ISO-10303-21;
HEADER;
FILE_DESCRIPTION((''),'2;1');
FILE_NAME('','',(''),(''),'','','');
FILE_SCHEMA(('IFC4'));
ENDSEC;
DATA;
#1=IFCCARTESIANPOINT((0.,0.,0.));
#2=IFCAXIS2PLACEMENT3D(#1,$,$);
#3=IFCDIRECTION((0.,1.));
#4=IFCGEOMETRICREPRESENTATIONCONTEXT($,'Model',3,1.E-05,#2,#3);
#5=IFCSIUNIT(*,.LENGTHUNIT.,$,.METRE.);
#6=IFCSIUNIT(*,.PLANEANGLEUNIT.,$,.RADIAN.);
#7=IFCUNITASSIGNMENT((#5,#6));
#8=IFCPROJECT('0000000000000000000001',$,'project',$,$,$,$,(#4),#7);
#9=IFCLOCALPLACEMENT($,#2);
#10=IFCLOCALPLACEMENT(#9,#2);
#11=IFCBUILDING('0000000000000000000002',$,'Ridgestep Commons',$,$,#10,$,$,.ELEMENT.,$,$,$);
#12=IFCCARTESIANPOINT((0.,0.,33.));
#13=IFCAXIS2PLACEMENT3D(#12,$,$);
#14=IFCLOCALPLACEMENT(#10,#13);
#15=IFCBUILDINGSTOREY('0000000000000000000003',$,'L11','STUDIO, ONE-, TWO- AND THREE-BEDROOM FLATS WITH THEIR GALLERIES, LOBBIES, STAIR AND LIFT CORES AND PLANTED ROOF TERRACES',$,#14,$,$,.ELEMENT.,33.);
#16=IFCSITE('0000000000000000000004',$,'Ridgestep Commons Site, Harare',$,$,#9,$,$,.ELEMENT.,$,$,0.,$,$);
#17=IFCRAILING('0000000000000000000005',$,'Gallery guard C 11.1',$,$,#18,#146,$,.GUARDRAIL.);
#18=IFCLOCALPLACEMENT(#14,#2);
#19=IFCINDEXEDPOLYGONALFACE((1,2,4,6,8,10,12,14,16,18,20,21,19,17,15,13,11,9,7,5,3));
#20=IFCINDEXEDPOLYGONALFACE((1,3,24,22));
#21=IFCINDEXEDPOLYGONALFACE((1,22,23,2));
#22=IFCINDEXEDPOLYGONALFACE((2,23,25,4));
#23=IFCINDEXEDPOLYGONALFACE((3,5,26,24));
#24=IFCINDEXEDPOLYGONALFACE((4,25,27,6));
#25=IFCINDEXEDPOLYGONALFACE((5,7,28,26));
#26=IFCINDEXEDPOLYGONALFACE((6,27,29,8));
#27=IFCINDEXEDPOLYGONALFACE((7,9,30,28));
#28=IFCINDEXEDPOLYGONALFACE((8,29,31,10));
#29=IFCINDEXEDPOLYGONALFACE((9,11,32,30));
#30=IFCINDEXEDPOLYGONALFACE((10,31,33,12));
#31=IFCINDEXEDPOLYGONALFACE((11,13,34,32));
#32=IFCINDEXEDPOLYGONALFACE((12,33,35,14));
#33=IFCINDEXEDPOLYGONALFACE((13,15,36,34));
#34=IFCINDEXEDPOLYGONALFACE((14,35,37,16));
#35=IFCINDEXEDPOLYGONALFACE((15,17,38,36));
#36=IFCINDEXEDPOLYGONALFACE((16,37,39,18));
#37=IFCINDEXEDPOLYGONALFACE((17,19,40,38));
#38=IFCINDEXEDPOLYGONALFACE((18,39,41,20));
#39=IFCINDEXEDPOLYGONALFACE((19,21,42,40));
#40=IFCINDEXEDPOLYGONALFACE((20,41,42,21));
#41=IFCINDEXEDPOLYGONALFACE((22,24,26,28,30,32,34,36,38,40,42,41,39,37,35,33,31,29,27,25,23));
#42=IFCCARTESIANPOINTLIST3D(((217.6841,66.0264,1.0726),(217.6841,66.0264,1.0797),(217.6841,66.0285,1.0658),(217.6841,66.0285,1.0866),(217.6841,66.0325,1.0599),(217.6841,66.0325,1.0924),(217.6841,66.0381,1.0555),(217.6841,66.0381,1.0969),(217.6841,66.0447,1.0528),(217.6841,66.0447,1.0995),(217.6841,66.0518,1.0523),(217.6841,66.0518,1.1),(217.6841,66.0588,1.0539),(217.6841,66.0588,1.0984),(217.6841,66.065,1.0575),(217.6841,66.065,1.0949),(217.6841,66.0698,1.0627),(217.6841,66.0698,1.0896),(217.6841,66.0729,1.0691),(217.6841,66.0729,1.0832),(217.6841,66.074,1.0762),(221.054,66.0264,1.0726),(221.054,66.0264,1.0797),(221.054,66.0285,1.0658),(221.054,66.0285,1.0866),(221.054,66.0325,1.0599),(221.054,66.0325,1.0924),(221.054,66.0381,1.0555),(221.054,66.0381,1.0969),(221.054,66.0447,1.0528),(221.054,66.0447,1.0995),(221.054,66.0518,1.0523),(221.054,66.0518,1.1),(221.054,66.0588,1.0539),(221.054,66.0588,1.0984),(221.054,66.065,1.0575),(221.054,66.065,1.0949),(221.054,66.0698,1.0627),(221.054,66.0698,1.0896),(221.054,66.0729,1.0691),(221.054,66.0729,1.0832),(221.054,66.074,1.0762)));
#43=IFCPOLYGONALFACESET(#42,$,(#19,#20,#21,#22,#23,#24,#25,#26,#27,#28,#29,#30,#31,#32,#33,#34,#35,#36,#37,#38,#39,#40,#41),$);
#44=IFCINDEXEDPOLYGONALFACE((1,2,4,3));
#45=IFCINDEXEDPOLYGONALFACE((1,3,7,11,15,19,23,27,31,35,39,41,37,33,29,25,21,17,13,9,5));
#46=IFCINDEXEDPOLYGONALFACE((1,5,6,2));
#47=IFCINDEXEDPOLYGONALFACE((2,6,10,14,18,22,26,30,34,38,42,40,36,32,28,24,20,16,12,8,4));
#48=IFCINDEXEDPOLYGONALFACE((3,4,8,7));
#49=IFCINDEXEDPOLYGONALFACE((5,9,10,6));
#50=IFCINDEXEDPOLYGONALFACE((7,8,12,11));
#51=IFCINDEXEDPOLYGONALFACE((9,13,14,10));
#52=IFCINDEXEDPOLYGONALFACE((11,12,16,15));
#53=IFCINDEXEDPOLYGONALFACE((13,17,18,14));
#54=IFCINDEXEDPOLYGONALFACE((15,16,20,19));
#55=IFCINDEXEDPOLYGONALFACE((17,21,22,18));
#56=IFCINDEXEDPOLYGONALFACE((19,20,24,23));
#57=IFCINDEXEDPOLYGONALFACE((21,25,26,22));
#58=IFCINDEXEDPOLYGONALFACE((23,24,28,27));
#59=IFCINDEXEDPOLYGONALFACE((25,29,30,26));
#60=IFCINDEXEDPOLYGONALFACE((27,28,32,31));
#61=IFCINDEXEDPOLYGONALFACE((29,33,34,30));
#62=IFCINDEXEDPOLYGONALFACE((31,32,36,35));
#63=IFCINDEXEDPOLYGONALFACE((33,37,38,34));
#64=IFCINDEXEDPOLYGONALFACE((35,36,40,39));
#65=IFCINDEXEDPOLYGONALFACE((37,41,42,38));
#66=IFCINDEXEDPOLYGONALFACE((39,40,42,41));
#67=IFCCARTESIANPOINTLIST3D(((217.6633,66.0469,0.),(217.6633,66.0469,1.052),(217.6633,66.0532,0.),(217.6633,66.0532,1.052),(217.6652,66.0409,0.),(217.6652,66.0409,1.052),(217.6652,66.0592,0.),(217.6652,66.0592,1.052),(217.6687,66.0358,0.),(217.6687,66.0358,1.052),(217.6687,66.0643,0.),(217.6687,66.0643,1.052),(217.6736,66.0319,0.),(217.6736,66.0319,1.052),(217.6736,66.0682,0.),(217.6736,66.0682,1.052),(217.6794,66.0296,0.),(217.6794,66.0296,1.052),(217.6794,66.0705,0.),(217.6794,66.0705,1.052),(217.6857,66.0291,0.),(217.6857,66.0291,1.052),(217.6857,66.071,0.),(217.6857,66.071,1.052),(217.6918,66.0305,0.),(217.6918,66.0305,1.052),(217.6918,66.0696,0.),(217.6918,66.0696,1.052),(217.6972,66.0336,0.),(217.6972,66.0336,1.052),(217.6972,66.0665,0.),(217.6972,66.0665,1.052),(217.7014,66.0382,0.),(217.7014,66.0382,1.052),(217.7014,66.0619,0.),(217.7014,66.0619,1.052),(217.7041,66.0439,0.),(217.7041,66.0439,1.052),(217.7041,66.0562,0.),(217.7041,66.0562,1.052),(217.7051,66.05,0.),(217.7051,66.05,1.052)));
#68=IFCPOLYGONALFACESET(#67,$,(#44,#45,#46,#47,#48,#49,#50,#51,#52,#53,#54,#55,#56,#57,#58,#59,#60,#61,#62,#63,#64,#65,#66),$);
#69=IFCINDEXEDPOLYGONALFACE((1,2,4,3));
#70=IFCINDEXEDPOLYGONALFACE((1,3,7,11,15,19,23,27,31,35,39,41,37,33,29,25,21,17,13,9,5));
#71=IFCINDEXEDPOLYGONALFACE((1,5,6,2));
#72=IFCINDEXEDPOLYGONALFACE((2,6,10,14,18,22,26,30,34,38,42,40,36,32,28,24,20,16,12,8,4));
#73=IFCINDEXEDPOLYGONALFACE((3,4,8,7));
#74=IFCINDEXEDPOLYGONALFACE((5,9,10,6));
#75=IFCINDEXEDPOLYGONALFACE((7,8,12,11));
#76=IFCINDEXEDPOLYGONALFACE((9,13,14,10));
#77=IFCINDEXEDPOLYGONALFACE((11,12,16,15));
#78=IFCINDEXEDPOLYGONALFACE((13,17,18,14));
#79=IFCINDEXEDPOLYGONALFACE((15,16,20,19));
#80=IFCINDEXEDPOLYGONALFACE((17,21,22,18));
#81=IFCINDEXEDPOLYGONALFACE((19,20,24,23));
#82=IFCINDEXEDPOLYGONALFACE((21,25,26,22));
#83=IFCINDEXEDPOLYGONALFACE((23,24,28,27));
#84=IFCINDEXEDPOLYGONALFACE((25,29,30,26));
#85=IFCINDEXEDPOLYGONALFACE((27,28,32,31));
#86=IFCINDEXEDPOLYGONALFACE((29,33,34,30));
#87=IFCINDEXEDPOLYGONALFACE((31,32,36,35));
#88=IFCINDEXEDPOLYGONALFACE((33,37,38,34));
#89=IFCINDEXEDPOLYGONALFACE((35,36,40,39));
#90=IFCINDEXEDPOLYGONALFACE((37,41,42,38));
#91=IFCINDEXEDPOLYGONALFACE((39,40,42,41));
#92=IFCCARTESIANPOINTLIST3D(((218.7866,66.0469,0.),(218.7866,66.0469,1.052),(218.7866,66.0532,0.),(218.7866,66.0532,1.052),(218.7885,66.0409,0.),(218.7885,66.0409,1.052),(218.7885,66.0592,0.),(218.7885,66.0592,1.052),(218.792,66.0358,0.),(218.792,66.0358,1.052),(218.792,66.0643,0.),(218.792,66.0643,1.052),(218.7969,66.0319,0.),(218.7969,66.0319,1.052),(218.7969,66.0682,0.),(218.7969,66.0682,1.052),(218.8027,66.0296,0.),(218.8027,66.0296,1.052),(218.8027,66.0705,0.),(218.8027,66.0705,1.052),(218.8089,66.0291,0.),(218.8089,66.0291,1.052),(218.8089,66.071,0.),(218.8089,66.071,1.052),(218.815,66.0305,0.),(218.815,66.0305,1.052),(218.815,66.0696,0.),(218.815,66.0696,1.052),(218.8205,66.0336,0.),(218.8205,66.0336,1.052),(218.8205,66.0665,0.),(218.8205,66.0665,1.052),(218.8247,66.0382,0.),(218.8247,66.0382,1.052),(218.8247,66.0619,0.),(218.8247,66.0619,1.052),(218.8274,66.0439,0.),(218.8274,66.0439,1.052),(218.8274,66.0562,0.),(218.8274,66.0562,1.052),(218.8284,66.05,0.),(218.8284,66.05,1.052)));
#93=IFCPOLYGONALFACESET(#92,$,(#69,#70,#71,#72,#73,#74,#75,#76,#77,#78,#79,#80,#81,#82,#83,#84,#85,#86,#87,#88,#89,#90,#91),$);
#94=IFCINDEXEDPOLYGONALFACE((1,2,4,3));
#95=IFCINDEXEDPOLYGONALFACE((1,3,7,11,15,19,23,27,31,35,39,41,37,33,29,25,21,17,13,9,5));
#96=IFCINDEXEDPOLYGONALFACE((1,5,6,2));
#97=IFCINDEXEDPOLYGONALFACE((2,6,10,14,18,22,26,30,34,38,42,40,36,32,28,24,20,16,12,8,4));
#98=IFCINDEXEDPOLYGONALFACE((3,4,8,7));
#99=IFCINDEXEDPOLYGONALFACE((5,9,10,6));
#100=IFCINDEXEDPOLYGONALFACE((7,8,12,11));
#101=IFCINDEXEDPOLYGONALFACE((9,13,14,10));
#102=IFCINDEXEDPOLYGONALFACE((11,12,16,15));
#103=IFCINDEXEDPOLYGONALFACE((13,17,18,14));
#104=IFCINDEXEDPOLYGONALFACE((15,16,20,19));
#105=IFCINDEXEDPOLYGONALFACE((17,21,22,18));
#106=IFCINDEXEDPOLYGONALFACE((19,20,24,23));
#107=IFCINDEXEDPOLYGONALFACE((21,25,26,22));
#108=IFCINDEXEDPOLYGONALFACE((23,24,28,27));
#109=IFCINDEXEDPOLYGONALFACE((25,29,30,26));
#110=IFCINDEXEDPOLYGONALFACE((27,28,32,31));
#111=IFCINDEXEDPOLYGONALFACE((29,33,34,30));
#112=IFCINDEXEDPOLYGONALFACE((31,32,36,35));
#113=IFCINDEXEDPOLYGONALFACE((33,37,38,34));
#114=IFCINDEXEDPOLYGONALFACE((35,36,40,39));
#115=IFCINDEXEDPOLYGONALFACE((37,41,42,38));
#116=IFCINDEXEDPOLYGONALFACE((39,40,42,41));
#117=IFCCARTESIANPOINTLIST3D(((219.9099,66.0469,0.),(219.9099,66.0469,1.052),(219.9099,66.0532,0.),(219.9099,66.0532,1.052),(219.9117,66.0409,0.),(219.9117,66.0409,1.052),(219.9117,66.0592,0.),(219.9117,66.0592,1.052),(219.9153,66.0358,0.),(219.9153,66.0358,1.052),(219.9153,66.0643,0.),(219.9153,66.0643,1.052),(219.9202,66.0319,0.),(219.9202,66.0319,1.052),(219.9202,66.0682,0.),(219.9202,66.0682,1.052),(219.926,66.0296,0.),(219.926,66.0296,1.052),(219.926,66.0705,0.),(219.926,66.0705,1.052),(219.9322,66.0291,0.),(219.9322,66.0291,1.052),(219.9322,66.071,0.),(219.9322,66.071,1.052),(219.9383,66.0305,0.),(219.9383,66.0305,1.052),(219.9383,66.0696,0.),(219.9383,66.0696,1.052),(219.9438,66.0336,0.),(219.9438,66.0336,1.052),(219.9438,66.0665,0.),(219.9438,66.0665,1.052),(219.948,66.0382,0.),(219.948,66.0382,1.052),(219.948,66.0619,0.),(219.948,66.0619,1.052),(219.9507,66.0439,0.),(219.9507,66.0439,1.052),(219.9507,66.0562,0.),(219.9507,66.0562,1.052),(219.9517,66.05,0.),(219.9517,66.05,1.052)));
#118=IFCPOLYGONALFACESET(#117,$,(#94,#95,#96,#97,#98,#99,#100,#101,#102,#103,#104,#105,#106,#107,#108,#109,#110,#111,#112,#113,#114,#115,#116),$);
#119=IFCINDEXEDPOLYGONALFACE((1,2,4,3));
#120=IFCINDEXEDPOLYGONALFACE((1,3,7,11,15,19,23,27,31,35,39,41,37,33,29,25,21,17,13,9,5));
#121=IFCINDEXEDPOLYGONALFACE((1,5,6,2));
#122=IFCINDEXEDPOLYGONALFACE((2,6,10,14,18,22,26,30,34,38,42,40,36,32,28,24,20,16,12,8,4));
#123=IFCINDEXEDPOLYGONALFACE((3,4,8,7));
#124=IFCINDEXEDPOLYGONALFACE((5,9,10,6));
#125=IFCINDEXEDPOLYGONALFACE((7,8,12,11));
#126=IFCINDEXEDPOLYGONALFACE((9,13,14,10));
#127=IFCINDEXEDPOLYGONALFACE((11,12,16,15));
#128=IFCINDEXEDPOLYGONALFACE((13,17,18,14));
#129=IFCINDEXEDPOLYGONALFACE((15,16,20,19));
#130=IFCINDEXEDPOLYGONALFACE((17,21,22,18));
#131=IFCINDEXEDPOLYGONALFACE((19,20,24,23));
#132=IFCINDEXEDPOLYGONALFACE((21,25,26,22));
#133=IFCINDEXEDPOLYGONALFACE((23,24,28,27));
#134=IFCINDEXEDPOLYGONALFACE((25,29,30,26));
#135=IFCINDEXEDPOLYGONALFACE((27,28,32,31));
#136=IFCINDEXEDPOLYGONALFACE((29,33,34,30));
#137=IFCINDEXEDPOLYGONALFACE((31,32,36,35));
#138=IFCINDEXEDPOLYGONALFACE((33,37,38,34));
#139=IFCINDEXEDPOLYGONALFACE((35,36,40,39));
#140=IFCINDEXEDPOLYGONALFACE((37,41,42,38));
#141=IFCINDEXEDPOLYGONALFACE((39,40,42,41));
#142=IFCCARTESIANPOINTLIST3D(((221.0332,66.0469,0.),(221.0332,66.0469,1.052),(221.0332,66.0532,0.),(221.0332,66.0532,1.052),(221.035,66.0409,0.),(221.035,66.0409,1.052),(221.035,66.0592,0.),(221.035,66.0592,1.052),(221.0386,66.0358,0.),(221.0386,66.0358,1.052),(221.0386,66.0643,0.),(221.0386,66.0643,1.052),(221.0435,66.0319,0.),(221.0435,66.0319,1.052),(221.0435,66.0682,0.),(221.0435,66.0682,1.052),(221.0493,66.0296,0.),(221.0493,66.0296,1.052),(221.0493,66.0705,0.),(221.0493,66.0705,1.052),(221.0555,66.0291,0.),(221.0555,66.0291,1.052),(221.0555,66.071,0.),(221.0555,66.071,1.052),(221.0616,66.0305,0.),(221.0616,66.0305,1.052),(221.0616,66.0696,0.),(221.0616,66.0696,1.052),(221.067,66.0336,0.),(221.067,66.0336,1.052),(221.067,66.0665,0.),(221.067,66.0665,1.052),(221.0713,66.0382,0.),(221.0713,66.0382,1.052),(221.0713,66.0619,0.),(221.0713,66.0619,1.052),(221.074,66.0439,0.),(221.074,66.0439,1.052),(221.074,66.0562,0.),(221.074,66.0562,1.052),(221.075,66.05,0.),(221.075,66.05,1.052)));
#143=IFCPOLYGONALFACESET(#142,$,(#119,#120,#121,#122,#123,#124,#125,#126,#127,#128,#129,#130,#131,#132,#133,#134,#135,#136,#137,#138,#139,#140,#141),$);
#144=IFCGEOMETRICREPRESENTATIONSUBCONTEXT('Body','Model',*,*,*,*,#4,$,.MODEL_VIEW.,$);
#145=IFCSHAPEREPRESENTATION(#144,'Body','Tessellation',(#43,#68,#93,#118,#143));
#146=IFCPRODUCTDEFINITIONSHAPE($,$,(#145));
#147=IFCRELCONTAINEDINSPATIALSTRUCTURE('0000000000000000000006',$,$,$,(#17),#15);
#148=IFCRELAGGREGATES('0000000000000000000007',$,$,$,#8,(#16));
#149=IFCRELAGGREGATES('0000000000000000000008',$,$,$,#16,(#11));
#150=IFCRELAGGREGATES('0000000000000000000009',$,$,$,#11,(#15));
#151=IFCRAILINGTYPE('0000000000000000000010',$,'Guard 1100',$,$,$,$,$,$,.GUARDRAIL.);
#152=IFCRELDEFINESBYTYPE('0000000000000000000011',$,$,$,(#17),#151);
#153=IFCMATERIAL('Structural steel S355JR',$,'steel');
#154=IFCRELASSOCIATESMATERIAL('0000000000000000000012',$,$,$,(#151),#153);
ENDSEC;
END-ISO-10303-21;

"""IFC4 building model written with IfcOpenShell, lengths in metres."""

from ifc_helpers import new_model, si_unit, direction, frame, origin, origin_2d, place, context, subcontext, project, spatial, circle, extrude, material, type_object, element, save


model = new_model("IFC4")

# Units and contexts
model_context = context("Model", 3, precision=1e-05, world=origin(), true_north=direction((0.0, 1.0)))
body_context = subcontext(model_context, "Body", "Model", "MODEL_VIEW")
ifc_project = project(units=[si_unit("LENGTHUNIT", "METRE"), si_unit("PLANEANGLEUNIT", "RADIAN")], contexts=[model_context])

# Site, building, storey
site_placement = place(None, origin())
site = spatial("IfcSite", under=ifc_project, at=site_placement, Name="Ridgestep Commons Site, Harare", CompositionType="ELEMENT", RefElevation=0.0)
building_placement = place(site_placement, origin())
building = spatial("IfcBuilding", under=site, at=building_placement, Name="Ridgestep Commons", CompositionType="ELEMENT")
storey_placement = place(building_placement, frame((0.0, 0.0, 33.0)))
storey = spatial("IfcBuildingStorey", under=building, at=storey_placement, Name="L11", Description="STUDIO, ONE-, TWO- AND THREE-BEDROOM FLATS WITH THEIR GALLERIES, LOBBIES, STAIR AND LIFT CORES AND PLANTED ROOF TERRACES", CompositionType="ELEMENT", Elevation=33.0)

# Railing
ifc_material_1 = material(Name="Structural steel S355JR", Category="steel")
railing_type_1 = type_object("IfcRailingType", Name="Guard 1100", PredefinedType="GUARDRAIL", material=ifc_material_1)
railing_1_placement = place(storey_placement, frame((217.6841, 66.05, 0.0)))
element("IfcRailing", 1, at=railing_1_placement, inside=storey, type_object=railing_type_1, Name="Gallery guard C 11.1", PredefinedType="GUARDRAIL", context=body_context, shape_type="SweptSolid", body=[
    extrude(circle(Radius=0.0239, at=origin_2d()), frame((0.0, 0.0, 1.0762), z_axis=(1.0, 0.0, 0.0), x_axis=(0.0, 1.0, 0.0)), (0.0, 0.0, 1.0), 3.3699),
    extrude(circle(Radius=0.021, at=origin_2d()), origin(), (0.0, 0.0, 1.0), 1.052),
    extrude(circle(Radius=0.021, at=origin_2d()), frame((1.1233, 0.0, 0.0)), (0.0, 0.0, 1.0), 1.052),
    extrude(circle(Radius=0.021, at=origin_2d()), frame((2.2466, 0.0, 0.0)), (0.0, 0.0, 1.0), 1.052),
    extrude(circle(Radius=0.021, at=origin_2d()), frame((3.3699, 0.0, 0.0)), (0.0, 0.0, 1.0), 1.052),
])

save(model, "model.ifc")
